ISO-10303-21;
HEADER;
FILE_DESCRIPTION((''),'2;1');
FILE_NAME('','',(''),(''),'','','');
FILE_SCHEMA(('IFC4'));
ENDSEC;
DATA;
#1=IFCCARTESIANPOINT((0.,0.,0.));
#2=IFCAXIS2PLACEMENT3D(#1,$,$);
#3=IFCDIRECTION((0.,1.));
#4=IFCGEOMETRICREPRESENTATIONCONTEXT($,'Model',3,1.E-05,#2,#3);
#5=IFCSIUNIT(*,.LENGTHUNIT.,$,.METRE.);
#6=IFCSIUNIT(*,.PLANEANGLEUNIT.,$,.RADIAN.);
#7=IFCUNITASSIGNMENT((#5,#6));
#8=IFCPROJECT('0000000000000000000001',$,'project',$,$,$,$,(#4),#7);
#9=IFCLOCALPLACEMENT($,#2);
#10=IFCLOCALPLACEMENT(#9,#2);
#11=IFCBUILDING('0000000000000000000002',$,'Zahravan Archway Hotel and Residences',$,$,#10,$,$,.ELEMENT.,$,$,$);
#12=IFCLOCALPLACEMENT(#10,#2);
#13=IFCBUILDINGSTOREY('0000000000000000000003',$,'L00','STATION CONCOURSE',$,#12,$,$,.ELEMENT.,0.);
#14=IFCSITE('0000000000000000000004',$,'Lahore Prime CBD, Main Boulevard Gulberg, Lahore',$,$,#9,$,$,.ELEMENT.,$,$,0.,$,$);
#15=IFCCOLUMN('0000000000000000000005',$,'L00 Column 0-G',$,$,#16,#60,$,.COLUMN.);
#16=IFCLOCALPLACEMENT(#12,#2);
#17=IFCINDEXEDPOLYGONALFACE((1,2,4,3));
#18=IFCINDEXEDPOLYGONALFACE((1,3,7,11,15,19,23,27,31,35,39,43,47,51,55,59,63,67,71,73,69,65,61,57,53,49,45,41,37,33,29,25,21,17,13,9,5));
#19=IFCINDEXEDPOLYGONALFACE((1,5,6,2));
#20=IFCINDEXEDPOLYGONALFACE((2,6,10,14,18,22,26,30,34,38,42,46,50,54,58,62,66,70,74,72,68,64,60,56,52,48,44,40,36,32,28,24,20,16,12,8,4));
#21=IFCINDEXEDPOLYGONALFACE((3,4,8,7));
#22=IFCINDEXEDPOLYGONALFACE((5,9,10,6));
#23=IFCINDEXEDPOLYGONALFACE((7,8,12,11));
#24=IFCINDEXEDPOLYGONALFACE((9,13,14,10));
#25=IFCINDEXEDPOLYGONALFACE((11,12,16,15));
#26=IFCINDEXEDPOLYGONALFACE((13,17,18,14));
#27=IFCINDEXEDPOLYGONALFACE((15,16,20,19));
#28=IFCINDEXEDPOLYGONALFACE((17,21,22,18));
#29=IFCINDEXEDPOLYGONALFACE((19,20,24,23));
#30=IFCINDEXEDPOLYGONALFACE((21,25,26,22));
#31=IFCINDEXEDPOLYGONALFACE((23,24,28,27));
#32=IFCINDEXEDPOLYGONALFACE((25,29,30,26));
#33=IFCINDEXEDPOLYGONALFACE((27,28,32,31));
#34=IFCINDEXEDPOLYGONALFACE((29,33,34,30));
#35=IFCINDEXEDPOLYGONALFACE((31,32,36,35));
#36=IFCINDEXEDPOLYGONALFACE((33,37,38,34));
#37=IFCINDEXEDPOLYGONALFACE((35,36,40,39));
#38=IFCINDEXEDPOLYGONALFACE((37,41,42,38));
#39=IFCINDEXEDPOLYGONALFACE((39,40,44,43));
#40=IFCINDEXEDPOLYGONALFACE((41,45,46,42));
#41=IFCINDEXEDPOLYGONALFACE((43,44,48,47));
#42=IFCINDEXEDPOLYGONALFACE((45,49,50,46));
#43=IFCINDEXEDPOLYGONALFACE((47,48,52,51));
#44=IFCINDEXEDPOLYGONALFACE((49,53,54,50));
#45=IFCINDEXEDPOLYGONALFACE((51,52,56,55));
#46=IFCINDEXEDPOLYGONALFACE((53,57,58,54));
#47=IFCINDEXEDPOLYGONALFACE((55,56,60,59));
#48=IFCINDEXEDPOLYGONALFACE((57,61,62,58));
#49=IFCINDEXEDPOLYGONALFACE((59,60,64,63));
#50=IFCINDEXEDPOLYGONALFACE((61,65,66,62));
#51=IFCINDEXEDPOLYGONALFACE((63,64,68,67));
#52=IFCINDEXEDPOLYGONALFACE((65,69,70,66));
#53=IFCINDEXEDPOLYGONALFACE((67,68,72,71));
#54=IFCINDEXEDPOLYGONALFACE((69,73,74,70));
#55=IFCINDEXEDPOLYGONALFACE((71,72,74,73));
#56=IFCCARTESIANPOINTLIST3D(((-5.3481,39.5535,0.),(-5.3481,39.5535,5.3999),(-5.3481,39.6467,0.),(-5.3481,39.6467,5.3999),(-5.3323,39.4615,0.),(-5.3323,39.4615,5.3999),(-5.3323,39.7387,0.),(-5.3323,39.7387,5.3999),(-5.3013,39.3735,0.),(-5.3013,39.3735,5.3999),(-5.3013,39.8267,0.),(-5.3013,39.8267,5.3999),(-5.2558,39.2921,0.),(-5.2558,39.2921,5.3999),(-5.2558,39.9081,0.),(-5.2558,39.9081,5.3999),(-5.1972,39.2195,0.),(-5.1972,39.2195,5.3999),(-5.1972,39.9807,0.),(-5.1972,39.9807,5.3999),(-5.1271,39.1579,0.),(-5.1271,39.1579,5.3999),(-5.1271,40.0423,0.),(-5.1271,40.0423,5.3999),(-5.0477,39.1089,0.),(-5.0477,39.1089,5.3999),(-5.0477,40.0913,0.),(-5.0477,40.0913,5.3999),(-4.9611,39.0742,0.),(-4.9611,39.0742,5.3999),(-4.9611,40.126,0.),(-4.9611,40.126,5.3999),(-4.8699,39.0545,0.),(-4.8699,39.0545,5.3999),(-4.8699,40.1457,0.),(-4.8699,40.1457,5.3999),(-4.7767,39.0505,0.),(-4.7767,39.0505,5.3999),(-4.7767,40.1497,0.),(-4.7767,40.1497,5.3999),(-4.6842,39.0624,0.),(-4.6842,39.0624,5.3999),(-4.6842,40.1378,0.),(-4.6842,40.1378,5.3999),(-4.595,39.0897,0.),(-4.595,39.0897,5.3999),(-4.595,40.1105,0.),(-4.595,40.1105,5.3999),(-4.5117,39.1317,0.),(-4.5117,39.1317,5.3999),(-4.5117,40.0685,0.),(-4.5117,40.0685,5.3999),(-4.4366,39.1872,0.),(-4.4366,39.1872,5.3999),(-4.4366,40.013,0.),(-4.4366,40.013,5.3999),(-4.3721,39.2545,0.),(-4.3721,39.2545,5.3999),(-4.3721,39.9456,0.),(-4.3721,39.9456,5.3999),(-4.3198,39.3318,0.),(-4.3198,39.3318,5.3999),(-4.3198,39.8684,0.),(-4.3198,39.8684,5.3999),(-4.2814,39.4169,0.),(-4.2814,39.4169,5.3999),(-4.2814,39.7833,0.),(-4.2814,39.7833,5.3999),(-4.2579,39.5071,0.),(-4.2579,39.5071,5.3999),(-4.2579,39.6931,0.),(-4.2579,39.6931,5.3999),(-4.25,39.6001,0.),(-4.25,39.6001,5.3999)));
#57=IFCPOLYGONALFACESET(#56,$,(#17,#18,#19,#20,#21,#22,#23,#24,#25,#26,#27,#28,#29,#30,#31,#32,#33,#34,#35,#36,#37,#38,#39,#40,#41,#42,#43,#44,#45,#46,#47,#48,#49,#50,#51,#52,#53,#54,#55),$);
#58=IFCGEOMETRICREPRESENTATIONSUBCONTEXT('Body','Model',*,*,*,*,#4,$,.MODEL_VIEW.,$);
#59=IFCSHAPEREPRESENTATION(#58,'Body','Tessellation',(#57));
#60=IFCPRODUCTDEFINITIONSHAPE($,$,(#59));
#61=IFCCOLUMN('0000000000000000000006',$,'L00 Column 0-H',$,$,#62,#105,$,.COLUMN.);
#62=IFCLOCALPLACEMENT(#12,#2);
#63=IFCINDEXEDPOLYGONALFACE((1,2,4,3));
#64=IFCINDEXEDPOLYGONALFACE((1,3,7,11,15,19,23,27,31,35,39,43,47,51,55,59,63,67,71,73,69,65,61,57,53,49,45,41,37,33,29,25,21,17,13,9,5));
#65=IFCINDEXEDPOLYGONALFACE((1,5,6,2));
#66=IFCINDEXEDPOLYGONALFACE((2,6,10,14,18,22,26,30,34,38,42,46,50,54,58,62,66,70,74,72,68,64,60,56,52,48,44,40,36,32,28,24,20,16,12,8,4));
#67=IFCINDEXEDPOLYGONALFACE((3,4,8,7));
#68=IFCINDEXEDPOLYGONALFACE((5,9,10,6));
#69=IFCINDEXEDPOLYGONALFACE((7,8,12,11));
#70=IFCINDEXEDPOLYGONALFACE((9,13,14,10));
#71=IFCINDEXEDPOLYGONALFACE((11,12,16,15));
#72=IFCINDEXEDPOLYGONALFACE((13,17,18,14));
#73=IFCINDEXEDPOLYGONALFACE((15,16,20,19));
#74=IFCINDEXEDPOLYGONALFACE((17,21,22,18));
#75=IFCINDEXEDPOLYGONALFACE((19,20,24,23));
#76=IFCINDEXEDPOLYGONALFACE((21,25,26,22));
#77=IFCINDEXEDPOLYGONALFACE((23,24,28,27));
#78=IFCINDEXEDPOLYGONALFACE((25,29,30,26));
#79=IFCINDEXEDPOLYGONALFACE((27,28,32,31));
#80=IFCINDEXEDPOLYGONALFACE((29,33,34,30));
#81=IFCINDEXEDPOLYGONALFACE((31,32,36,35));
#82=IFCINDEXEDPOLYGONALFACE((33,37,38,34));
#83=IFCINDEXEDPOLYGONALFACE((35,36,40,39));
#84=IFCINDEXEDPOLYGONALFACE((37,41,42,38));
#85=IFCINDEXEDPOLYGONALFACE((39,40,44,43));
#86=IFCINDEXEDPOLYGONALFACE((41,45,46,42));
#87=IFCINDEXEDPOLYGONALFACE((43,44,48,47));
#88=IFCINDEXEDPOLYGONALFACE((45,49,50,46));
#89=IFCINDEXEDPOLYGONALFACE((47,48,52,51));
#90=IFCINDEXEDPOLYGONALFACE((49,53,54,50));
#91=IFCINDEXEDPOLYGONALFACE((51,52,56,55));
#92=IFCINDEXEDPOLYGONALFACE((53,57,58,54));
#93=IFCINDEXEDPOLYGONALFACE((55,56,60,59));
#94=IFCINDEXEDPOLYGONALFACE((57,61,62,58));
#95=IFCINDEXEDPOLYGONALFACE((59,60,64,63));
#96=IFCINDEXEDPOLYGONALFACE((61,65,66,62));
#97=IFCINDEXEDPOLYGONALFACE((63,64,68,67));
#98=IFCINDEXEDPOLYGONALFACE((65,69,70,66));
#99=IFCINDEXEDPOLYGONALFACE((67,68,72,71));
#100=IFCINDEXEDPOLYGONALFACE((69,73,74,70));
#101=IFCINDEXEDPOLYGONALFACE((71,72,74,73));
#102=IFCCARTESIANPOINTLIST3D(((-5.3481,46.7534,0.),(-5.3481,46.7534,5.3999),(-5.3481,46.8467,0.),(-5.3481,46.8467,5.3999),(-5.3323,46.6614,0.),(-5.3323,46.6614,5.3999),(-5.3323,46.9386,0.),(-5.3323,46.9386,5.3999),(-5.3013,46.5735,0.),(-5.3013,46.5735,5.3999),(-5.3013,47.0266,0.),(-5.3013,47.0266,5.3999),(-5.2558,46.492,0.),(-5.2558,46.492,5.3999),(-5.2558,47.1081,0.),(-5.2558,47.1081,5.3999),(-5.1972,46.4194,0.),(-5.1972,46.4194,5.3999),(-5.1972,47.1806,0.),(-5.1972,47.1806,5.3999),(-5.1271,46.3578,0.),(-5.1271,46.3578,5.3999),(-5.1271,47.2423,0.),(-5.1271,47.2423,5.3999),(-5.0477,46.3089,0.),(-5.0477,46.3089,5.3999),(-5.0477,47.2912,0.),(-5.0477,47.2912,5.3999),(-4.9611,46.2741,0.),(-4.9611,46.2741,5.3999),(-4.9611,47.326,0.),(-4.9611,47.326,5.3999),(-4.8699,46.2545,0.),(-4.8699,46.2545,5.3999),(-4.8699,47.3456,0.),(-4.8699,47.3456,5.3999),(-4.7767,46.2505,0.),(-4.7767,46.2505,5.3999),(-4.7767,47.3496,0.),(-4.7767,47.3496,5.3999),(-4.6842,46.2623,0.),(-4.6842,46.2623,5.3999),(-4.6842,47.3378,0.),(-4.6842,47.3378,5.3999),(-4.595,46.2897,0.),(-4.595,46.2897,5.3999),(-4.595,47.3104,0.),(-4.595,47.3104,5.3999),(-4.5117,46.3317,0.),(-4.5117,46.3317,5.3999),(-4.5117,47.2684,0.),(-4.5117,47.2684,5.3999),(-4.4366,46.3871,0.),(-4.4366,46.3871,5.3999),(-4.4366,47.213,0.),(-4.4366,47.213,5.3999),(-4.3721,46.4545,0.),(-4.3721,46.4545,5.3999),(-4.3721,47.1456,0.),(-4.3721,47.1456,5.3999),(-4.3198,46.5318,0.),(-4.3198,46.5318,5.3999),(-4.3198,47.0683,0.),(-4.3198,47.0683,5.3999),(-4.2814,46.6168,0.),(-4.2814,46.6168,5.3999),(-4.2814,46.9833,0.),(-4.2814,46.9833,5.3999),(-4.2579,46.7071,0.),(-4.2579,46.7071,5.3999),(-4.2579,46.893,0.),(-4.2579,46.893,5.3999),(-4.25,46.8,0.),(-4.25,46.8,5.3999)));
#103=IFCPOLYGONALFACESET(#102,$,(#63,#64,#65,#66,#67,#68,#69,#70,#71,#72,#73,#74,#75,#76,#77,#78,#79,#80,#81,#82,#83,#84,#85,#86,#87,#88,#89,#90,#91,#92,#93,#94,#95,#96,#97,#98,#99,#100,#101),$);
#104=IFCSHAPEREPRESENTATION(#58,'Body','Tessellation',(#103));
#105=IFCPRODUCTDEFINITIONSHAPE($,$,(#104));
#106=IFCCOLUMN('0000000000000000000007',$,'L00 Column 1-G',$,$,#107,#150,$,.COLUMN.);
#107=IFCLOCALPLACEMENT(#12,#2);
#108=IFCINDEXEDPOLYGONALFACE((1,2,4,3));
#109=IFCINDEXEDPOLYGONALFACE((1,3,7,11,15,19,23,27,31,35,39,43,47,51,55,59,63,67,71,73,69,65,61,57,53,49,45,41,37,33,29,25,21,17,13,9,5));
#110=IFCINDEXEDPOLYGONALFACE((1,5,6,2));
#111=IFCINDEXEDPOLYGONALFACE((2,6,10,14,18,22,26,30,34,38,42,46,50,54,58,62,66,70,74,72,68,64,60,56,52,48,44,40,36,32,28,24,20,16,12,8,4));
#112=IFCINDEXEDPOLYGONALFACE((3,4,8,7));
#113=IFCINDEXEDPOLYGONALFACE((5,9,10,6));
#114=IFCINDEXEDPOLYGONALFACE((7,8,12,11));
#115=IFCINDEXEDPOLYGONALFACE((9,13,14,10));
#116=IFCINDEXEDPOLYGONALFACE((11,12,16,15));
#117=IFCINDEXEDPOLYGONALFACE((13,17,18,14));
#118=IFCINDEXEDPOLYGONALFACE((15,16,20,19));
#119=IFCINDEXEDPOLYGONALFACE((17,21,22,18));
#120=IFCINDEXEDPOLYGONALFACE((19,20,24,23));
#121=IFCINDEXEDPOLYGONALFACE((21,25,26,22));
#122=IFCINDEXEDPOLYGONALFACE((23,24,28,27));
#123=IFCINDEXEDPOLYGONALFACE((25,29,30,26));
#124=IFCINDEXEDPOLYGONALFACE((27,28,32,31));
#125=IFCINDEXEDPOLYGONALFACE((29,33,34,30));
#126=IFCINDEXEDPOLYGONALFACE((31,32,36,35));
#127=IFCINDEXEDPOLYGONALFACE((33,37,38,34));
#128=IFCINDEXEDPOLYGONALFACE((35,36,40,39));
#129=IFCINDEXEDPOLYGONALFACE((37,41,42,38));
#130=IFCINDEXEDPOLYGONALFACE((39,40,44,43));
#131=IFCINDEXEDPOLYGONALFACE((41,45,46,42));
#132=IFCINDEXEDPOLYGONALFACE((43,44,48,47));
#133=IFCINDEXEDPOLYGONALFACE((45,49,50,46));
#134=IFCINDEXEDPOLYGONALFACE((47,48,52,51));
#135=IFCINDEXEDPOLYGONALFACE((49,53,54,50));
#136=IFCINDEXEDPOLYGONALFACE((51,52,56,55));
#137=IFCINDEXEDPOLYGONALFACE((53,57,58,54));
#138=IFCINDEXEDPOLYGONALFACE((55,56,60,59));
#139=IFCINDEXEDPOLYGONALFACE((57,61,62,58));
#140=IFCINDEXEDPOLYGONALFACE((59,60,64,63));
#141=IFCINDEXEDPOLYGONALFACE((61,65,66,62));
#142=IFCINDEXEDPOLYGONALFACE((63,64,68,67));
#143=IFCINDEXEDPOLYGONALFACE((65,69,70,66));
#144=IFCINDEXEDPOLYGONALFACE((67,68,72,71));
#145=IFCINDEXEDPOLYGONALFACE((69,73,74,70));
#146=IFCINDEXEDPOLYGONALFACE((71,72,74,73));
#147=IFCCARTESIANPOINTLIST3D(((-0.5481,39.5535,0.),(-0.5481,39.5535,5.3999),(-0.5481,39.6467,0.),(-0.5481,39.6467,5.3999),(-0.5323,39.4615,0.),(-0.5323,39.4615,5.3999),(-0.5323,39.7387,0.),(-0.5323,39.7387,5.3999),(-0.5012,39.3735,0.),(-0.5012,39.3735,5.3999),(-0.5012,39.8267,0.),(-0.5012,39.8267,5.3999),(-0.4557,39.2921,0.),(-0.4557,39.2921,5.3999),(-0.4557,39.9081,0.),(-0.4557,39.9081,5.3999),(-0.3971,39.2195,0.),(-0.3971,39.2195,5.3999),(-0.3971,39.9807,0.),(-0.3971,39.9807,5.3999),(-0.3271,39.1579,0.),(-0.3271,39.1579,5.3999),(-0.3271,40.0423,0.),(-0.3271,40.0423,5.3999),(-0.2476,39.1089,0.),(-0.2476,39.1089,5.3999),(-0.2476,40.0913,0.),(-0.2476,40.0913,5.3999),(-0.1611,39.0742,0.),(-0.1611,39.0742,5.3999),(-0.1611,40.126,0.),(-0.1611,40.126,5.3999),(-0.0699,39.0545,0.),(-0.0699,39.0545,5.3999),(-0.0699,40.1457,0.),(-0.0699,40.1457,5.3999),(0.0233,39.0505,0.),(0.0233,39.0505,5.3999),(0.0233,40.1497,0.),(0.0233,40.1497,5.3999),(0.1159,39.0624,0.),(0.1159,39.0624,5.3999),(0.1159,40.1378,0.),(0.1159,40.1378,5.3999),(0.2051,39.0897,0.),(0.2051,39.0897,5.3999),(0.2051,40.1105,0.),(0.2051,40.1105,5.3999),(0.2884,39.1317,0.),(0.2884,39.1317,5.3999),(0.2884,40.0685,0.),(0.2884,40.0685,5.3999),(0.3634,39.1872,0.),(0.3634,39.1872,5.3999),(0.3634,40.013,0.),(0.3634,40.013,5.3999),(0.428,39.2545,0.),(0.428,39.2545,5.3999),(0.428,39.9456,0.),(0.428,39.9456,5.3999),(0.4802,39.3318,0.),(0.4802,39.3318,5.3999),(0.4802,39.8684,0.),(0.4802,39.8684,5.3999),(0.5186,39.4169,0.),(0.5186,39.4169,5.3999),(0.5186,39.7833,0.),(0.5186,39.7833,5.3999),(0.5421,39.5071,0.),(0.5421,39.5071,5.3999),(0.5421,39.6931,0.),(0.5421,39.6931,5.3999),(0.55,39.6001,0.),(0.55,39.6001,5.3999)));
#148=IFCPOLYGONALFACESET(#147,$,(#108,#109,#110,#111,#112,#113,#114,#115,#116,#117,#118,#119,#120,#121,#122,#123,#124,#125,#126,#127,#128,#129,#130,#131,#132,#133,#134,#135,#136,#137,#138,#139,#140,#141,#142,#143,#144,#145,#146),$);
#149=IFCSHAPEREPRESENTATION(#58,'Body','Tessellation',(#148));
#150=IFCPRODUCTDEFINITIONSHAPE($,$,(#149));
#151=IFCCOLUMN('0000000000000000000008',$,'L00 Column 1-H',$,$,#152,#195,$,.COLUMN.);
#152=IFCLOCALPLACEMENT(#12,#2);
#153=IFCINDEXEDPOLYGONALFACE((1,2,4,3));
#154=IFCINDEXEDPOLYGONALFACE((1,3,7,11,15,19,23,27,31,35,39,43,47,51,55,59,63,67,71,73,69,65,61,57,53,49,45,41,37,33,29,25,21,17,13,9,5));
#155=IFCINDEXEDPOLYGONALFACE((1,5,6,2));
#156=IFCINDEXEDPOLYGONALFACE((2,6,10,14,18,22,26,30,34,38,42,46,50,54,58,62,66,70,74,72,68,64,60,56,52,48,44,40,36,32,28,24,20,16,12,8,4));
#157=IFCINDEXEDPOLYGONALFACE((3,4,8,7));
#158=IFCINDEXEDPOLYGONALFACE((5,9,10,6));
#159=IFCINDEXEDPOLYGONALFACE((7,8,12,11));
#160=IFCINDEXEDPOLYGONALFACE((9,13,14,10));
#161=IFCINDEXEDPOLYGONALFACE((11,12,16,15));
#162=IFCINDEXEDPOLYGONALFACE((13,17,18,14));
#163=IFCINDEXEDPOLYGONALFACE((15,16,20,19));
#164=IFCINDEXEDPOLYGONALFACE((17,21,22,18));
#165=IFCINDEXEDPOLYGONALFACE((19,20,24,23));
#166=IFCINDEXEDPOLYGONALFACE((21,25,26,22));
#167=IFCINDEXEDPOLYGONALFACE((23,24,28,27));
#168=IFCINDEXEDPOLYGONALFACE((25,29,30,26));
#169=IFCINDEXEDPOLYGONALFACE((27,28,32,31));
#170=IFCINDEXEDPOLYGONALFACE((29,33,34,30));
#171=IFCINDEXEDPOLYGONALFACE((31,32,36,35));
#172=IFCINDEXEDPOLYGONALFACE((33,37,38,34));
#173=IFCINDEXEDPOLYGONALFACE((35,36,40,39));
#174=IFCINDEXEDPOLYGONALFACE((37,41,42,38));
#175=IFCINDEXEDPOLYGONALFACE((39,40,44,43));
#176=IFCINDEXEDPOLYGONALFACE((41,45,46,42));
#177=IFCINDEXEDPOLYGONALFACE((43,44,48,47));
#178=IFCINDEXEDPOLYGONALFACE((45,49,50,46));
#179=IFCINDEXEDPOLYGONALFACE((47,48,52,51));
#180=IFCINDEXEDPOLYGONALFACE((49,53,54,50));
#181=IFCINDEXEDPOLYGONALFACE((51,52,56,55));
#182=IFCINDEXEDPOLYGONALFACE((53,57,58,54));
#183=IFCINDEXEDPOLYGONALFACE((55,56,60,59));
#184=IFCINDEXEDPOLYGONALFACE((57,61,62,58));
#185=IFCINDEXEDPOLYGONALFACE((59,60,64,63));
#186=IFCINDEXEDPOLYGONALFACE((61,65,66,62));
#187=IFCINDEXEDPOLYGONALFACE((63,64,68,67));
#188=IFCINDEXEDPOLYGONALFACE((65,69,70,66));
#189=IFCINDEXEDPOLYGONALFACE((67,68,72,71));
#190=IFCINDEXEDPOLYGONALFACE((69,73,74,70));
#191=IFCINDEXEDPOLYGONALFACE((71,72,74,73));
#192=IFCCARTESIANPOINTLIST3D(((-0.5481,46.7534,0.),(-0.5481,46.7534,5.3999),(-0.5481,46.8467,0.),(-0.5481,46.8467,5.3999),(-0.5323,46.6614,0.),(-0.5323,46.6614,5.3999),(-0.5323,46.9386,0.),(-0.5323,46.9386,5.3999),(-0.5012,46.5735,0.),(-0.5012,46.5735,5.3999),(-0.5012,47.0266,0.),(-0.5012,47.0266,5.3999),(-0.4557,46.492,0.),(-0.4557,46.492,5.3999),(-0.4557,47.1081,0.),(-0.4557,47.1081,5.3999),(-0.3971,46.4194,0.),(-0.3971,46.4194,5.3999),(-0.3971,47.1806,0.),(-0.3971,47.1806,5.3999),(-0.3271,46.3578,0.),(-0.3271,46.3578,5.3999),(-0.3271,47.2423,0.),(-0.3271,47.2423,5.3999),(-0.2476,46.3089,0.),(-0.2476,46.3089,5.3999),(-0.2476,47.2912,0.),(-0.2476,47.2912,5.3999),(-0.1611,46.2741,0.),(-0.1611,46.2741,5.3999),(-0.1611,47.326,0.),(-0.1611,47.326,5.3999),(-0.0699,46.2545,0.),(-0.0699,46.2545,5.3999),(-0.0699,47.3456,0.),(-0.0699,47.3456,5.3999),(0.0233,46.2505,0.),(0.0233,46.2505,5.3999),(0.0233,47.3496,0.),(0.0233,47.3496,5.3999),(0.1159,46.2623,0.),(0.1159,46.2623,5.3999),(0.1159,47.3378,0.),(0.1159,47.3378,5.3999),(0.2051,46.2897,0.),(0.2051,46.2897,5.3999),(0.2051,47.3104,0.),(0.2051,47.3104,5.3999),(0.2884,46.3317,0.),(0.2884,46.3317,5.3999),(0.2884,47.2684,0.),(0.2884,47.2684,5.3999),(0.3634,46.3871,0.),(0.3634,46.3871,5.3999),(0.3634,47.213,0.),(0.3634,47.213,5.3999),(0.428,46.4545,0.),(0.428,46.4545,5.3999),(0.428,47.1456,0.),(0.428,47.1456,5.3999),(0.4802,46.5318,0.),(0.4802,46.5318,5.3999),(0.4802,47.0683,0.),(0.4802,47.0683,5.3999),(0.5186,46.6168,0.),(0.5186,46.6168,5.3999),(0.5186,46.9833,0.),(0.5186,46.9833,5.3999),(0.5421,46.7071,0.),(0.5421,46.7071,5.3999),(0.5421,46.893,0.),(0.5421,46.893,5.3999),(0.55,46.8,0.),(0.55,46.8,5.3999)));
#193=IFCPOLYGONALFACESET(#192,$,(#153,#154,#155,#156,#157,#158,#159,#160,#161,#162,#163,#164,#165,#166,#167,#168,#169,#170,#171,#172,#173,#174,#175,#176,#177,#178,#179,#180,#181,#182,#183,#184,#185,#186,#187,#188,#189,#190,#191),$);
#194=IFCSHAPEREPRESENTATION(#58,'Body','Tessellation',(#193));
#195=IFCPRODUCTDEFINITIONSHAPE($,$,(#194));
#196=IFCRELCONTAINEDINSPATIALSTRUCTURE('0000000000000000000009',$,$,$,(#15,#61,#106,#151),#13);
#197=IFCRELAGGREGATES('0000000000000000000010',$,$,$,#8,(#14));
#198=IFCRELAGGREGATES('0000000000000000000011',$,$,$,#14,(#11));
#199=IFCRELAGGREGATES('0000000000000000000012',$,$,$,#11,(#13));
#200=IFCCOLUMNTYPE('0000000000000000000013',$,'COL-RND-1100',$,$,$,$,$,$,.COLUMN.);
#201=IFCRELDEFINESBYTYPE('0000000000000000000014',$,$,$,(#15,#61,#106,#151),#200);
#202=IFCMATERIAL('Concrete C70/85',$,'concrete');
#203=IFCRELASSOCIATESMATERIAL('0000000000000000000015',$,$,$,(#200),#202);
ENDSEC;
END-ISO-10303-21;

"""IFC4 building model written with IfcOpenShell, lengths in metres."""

from ifc_helpers import new_model, si_unit, direction, frame, origin, origin_2d, place, context, subcontext, project, spatial, circle, extrude, source, transform, mapped, material, material_profile, profile_set, type_object, type_shapes, element, save


model = new_model("IFC4")

# Units and contexts
model_context = context("Model", 3, precision=1e-05, world=origin(), true_north=direction((0.0, 1.0)))
body_context = subcontext(model_context, "Body", "Model", "MODEL_VIEW")
ifc_project = project(units=[si_unit("LENGTHUNIT", "METRE"), si_unit("PLANEANGLEUNIT", "RADIAN")], contexts=[model_context])

# Site, building, storey
site_placement = place(None, origin())
site = spatial("IfcSite", under=ifc_project, at=site_placement, Name="Lahore Prime CBD, Main Boulevard Gulberg, Lahore", CompositionType="ELEMENT", RefElevation=0.0)
building_placement = place(site_placement, origin())
building = spatial("IfcBuilding", under=site, at=building_placement, Name="Zahravan Archway Hotel and Residences", CompositionType="ELEMENT")
storey_placement = place(building_placement, origin())
storey = spatial("IfcBuildingStorey", under=building, at=storey_placement, Name="L00", Description="STATION CONCOURSE", CompositionType="ELEMENT", Elevation=0.0)

# Columns
ifc_material_1 = material(Name="Concrete C70/85", Category="concrete")
ifc_material_profile_1 = material_profile(ifc_material_1, circle(Radius=0.55, at=origin_2d()), Name="RC-CIRC-1100", Category="concrete")
ifc_profile_set_1 = profile_set([ifc_material_profile_1], Name="Concrete C70/85")
column_type_1 = type_object("IfcColumnType", Name="COL-RND-1100", PredefinedType="COLUMN", material=ifc_profile_set_1)
shared_shape_1 = source(origin(), body_context, "Body", "SweptSolid", [
    extrude(circle(Radius=0.55, at=origin_2d()), origin(), (0.0, 0.0, 1.0), 5.3999),
])
type_shapes(column_type_1, [shared_shape_1])
for number, where, z_axis, x_axis, name in (
    (1, (-4.8, 39.6001, 0.0), (0.0, 0.0, 1.0), (1.0, 0.0, 0.0), "L00 Column 0-G"),
    (2, (-4.8, 46.8, 0.0), (0.0, 0.0, 1.0), (1.0, 0.0, 0.0), "L00 Column 0-H"),
    (3, (0.0, 39.6001, 0.0), (0.0, 0.0, 1.0), (1.0, 0.0, 0.0), "L00 Column 1-G"),
    (4, (0.0, 46.8, 0.0), (0.0, 0.0, 1.0), (1.0, 0.0, 0.0), "L00 Column 1-H"),
):
    element("IfcColumn", number, at=place(storey_placement, frame(where, z_axis=z_axis, x_axis=x_axis)), inside=storey, type_object=column_type_1, Name=name, PredefinedType="COLUMN", context=body_context, shape_type="MappedRepresentation", body=[
        mapped(shared_shape_1, transform((0.0, 0.0, 0.0), scale=1.0)),
    ])

save(model, "model.ifc")
